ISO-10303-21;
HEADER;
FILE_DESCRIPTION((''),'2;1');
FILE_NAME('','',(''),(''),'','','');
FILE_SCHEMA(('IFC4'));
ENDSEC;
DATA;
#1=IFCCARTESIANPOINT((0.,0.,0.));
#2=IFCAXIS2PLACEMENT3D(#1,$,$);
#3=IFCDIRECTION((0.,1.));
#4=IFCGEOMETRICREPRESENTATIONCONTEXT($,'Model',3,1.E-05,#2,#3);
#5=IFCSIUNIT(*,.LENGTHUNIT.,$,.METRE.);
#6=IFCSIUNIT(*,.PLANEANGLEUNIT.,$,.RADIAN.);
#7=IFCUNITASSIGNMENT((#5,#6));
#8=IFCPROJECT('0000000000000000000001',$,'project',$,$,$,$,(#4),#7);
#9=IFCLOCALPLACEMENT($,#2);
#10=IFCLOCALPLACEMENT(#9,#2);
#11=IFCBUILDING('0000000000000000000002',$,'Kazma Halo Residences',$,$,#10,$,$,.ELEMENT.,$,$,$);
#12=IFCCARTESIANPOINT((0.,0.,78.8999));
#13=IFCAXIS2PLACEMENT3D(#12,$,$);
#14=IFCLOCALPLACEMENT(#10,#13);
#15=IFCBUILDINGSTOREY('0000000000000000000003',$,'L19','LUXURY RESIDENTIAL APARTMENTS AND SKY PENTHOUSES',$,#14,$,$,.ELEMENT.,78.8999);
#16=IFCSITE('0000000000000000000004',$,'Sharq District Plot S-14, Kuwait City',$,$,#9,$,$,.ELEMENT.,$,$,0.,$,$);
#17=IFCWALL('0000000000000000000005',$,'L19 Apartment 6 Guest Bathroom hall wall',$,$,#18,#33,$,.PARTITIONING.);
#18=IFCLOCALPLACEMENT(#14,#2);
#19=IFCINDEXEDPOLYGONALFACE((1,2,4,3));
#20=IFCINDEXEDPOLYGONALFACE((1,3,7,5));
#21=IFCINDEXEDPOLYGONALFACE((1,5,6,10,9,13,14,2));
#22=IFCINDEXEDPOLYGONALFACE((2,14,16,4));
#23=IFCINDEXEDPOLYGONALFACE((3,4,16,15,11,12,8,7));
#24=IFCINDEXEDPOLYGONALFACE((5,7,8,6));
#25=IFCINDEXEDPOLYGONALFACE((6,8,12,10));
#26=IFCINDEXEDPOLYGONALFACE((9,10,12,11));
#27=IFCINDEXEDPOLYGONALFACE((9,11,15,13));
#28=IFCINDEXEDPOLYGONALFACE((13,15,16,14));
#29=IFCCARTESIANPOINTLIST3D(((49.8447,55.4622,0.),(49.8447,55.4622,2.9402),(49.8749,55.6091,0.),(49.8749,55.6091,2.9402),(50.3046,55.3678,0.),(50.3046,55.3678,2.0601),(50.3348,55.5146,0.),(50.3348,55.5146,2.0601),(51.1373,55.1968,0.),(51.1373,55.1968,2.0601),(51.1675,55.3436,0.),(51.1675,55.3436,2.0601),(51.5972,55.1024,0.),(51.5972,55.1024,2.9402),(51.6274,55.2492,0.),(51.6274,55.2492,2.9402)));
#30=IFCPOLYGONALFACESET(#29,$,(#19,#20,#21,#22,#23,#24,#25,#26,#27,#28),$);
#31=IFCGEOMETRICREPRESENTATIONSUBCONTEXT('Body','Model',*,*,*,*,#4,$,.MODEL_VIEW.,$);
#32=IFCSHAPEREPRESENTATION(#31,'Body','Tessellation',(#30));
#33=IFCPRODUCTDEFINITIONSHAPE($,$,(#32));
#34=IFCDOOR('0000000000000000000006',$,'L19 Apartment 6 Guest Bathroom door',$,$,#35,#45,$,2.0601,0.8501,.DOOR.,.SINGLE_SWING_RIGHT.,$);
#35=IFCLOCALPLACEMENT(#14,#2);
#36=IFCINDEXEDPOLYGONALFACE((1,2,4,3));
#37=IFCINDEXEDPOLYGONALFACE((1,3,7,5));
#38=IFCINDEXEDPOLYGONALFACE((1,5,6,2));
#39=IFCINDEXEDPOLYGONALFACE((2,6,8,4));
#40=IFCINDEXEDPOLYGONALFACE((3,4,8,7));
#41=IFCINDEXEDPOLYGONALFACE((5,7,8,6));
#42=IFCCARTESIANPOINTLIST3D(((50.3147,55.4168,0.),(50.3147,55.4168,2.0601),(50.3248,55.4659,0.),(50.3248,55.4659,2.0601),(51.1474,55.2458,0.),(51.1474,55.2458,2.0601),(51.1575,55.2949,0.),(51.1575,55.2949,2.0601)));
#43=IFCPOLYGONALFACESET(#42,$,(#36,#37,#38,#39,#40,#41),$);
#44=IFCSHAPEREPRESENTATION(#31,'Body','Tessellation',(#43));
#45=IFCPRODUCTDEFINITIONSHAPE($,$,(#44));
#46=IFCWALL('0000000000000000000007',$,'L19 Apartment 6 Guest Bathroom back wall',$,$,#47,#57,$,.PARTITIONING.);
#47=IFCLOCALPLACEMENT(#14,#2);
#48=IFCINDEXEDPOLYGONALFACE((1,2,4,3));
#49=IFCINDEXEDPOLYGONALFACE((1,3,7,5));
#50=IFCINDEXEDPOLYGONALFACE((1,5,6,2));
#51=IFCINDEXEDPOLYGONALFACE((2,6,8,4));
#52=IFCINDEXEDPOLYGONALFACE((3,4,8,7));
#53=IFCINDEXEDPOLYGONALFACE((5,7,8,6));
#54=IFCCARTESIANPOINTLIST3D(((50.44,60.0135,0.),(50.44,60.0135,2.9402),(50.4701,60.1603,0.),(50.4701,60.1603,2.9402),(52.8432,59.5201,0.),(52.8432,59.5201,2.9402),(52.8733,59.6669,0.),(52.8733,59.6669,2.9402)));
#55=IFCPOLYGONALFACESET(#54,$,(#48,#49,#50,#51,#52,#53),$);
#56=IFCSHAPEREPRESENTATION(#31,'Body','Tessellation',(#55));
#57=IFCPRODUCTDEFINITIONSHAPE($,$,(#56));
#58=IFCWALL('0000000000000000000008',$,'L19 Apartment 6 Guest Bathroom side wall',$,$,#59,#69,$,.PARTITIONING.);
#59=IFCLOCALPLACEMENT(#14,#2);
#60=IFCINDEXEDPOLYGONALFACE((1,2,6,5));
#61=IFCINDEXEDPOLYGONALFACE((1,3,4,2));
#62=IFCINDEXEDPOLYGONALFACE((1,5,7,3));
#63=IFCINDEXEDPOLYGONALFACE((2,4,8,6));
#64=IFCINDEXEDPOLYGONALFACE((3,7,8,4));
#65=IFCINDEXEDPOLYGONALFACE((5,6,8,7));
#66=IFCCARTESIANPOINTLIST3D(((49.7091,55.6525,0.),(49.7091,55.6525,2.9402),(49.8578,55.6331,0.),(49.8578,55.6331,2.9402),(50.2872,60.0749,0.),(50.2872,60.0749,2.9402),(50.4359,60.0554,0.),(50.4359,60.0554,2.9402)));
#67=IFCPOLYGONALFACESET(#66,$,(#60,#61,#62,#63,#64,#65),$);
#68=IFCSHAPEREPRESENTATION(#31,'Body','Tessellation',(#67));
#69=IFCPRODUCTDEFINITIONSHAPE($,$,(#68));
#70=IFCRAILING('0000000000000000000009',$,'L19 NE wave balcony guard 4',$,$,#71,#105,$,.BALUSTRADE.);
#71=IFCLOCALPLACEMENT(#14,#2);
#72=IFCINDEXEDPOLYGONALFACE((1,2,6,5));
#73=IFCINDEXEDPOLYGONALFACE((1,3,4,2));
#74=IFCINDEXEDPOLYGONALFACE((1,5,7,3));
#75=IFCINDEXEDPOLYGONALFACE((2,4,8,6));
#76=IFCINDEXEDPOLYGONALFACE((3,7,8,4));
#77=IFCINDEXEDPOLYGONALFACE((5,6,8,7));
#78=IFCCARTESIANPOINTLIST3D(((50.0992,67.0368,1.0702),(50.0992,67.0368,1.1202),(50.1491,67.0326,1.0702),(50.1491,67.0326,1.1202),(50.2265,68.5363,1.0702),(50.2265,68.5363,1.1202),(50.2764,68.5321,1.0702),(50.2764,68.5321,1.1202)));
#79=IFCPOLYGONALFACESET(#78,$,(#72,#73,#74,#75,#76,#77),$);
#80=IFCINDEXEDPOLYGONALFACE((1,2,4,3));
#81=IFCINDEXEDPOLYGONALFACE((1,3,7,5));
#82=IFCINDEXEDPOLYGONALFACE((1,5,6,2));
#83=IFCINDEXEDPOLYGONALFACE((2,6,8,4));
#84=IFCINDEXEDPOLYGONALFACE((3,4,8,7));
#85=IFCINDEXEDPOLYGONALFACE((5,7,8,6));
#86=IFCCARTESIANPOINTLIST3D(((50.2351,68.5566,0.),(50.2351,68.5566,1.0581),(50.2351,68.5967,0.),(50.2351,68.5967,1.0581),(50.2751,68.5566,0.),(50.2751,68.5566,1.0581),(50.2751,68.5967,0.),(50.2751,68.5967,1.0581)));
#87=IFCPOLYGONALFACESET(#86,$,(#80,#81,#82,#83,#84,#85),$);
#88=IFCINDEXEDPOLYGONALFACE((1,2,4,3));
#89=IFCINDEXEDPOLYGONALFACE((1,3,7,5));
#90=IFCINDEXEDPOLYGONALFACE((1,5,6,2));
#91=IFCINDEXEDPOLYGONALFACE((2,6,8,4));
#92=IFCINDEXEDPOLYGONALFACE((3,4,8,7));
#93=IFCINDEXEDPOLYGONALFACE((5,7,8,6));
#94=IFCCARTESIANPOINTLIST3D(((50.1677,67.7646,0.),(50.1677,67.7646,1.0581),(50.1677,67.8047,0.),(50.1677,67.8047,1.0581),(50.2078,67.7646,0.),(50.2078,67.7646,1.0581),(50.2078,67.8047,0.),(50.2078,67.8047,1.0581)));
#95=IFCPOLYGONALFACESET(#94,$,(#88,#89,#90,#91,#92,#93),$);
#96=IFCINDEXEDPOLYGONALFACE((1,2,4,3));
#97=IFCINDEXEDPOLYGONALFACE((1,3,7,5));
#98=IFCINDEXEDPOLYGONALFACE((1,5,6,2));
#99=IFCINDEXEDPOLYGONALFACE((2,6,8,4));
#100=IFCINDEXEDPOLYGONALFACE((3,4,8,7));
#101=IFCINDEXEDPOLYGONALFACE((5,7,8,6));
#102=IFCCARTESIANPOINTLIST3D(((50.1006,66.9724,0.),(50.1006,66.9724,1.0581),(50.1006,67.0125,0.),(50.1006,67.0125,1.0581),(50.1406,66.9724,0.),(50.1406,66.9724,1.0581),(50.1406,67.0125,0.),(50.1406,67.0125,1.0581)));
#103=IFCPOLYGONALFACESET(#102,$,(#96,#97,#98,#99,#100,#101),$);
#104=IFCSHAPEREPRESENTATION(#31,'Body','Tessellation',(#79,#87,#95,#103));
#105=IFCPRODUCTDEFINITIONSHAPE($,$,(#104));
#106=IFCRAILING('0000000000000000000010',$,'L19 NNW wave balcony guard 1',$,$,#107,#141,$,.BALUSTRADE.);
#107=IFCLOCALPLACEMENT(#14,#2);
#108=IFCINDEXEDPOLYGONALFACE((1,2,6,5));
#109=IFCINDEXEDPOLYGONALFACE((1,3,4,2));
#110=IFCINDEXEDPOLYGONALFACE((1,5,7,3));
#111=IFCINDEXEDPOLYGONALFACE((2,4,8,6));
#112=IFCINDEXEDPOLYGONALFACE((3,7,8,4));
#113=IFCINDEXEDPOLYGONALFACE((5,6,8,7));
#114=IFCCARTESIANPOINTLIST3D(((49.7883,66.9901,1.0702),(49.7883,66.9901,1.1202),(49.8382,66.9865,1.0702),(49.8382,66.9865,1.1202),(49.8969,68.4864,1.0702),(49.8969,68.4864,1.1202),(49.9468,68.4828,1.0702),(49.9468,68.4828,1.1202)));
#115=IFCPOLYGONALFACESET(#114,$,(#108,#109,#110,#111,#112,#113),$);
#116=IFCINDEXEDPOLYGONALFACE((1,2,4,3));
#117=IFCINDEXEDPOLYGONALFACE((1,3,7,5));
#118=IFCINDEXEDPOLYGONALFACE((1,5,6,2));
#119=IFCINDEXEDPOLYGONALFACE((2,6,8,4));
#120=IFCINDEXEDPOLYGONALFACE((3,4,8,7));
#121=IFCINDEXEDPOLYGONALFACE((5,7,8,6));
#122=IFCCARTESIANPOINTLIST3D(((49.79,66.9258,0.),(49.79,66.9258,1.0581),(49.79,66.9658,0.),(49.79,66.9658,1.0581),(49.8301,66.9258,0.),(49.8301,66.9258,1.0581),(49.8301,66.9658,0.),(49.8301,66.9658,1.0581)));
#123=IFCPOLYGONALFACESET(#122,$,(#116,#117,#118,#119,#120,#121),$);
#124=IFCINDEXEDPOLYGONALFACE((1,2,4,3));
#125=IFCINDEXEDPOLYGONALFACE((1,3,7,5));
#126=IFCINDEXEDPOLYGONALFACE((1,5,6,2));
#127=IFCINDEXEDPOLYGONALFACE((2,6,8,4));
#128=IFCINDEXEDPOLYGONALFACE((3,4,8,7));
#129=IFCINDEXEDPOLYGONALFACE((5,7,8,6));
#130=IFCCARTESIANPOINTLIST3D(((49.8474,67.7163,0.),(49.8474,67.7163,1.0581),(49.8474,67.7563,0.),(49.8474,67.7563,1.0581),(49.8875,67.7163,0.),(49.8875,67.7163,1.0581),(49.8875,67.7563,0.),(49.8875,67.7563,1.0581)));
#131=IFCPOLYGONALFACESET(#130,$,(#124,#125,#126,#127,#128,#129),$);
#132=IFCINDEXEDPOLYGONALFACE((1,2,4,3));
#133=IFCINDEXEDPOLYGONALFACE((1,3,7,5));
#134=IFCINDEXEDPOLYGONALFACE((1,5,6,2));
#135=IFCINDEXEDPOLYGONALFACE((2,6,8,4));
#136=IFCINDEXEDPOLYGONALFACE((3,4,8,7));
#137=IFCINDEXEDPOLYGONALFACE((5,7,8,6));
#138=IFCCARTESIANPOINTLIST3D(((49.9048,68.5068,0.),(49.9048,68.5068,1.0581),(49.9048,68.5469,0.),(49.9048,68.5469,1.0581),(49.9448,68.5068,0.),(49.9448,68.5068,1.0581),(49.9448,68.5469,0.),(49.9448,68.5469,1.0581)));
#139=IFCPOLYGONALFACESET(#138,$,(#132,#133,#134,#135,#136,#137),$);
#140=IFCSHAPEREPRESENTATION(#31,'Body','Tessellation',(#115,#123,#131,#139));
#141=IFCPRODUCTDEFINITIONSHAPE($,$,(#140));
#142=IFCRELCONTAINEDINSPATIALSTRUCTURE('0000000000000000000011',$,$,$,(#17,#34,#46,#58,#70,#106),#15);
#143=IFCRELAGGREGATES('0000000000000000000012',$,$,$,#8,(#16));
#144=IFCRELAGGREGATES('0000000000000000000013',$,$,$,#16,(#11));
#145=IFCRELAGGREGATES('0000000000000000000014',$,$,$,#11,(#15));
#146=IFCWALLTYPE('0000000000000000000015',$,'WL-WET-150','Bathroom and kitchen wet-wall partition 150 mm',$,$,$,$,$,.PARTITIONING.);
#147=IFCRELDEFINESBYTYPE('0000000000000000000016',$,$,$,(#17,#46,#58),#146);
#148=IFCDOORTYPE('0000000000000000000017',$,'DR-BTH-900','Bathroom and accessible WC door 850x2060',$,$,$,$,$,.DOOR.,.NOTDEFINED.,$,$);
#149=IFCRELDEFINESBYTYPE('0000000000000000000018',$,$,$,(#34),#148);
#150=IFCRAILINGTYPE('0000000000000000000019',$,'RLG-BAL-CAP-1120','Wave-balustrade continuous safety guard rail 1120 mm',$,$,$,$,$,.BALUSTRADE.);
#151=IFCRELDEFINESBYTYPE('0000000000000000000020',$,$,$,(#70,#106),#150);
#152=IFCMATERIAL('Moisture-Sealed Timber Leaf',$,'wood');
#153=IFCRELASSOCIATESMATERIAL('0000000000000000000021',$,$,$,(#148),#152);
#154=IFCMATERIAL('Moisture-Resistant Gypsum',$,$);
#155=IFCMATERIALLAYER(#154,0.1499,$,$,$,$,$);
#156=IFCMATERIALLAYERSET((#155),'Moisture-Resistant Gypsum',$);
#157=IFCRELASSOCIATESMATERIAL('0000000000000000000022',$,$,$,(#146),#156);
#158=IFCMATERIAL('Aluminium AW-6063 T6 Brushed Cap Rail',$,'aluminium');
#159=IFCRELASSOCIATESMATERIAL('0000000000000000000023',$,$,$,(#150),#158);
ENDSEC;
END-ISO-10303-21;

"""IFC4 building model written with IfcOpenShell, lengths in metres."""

from ifc_helpers import new_model, si_unit, direction, frame, frame_2d, origin, origin_2d, place, context, subcontext, project, spatial, rectangle, extrude, material, layer, layer_set, type_object, element, fill, save


model = new_model("IFC4")

# Units and contexts
model_context = context("Model", 3, precision=1e-05, world=origin(), true_north=direction((0.0, 1.0)))
body_context = subcontext(model_context, "Body", "Model", "MODEL_VIEW")
ifc_project = project(units=[si_unit("LENGTHUNIT", "METRE"), si_unit("PLANEANGLEUNIT", "RADIAN")], contexts=[model_context])

# Site, building, storey
site_placement = place(None, origin())
site = spatial("IfcSite", under=ifc_project, at=site_placement, Name="Sharq District Plot S-14, Kuwait City", CompositionType="ELEMENT", RefElevation=0.0)
building_placement = place(site_placement, origin())
building = spatial("IfcBuilding", under=site, at=building_placement, Name="Kazma Halo Residences", CompositionType="ELEMENT")
storey_placement = place(building_placement, frame((0.0, 0.0, 78.8999)))
storey = spatial("IfcBuildingStorey", under=building, at=storey_placement, Name="L19", Description="LUXURY RESIDENTIAL APARTMENTS AND SKY PENTHOUSES", CompositionType="ELEMENT", Elevation=78.8999)

# Shared definitions
ifc_material_1 = material(Name="Moisture-Sealed Timber Leaf", Category="wood")
door_type_1 = type_object("IfcDoorType", Name="DR-BTH-900", Description="Bathroom and accessible WC door 850x2060", OperationType="NOTDEFINED", PredefinedType="DOOR", material=ifc_material_1)

# Wall, opening, door
ifc_material_2 = material(Name="Moisture-Resistant Gypsum")
ifc_layer_1 = layer(ifc_material_2, 0.1499)
ifc_layer_set_1 = layer_set([ifc_layer_1], Name="Moisture-Resistant Gypsum")
wall_type_1 = type_object("IfcWallType", Name="WL-WET-150", Description="Bathroom and kitchen wet-wall partition 150 mm", PredefinedType="PARTITIONING", material=ifc_layer_set_1)
wall_1_placement = place(storey_placement, frame((51.6123, 55.1758, 0.0), z_axis=(0.0, 0.0, 1.0), x_axis=(-0.97956, 0.201152, 0.0)))
wall_1 = element("IfcWall", 1, at=wall_1_placement, inside=storey, type_object=wall_type_1, Name="L19 Apartment 6 Guest Bathroom hall wall", PredefinedType="PARTITIONING", context=body_context, shape_type="SweptSolid", body=[
    extrude(rectangle(XDim=1.7891, YDim=0.1499, at=frame_2d((0.8945, 0.0))), origin(), (0.0, 0.0, 1.0), 2.9402),
])
opening_1_placement = place(wall_1_placement, frame((0.4695, 0.0, 0.0)))
opening_1 = element("IfcOpeningElement", 2, at=opening_1_placement, cuts=wall_1, PredefinedType="OPENING", context=body_context, shape_type="SweptSolid", body=[
    extrude(rectangle(XDim=0.8501, YDim=2.0601, at=frame_2d((0.425, 1.03))), frame((0.0, 0.085, 0.0), z_axis=(0.0, -1.0, 0.0), x_axis=(1.0, 0.0, 0.0)), (0.0, 0.0, 1.0), 0.1699),
])
door_1_placement = place(opening_1_placement, origin())
door_1 = element("IfcDoor", 3, at=door_1_placement, inside=storey, type_object=door_type_1, Name="L19 Apartment 6 Guest Bathroom door", OperationType="SINGLE_SWING_RIGHT", OverallHeight=2.0601, OverallWidth=0.8501, PredefinedType="DOOR", context=body_context, shape_type="SweptSolid", body=[
    extrude(rectangle(XDim=0.8501, YDim=2.0601, at=frame_2d((0.425, 1.03))), frame((0.0, 0.0249, 0.0), z_axis=(0.0, -1.0, 0.0), x_axis=(1.0, 0.0, 0.0)), (0.0, 0.0, 1.0), 0.05),
])
fill(opening_1, door_1)

# Walls
wall_2_placement = place(storey_placement, frame((52.8582, 59.5935, 0.0), z_axis=(0.0, 0.0, 1.0), x_axis=(-0.979569, 0.201108, 0.0)))
element("IfcWall", 4, at=wall_2_placement, inside=storey, type_object=wall_type_1, Name="L19 Apartment 6 Guest Bathroom back wall", PredefinedType="PARTITIONING", context=body_context, shape_type="SweptSolid", body=[
    extrude(rectangle(XDim=2.4534, YDim=0.1499, at=frame_2d((1.2266, 0.0))), origin(), (0.0, 0.0, 1.0), 2.9402),
])
wall_3_placement = place(storey_placement, frame((49.7834, 55.6428, 0.0), z_axis=(0.0, 0.0, 1.0), x_axis=(0.129625, 0.991563, 0.0)))
element("IfcWall", 5, at=wall_3_placement, inside=storey, type_object=wall_type_1, Name="L19 Apartment 6 Guest Bathroom side wall", PredefinedType="PARTITIONING", context=body_context, shape_type="SweptSolid", body=[
    extrude(rectangle(XDim=4.46, YDim=0.1499, at=frame_2d((2.23, 0.0))), origin(), (0.0, 0.0, 1.0), 2.9402),
])

# Railings
ifc_material_3 = material(Name="Aluminium AW-6063 T6 Brushed Cap Rail", Category="aluminium")
railing_type = type_object("IfcRailingType", Name="RLG-BAL-CAP-1120", Description="Wave-balustrade continuous safety guard rail 1120 mm", PredefinedType="BALUSTRADE", material=ifc_material_3)
railing_1_placement = place(storey_placement, frame((50.2551, 68.5767, 0.0)))
element("IfcRailing", 6, at=railing_1_placement, inside=storey, type_object=railing_type, Name="L19 NE wave balcony guard 4", PredefinedType="BALUSTRADE", context=body_context, shape_type="SweptSolid", body=[
    extrude(rectangle(XDim=0.05, YDim=0.05, at=origin_2d()), frame((-0.0037, -0.0425, 1.0952), z_axis=(-0.084608, -0.996414, 0.0), x_axis=(0.996414, -0.084608, 0.0)), (0.0, 0.0, 1.0), 1.5049),
    extrude(rectangle(XDim=0.04, YDim=0.04, at=origin_2d()), origin(), (0.0, 0.0, 1.0), 1.0581),
    extrude(rectangle(XDim=0.04, YDim=0.04, at=origin_2d()), frame((-0.0674, -0.792, 0.0)), (0.0, 0.0, 1.0), 1.0581),
    extrude(rectangle(XDim=0.04, YDim=0.04, at=origin_2d()), frame((-0.1345, -1.5842, 0.0)), (0.0, 0.0, 1.0), 1.0581),
])
railing_2_placement = place(storey_placement, frame((49.8101, 66.9458, 0.0)))
element("IfcRailing", 7, at=railing_2_placement, inside=storey, type_object=railing_type, Name="L19 NNW wave balcony guard 1", PredefinedType="BALUSTRADE", context=body_context, shape_type="SweptSolid", body=[
    extrude(rectangle(XDim=0.05, YDim=0.05, at=origin_2d()), frame((0.0032, 0.0425, 1.0952), z_axis=(0.072385, 0.997377, 0.0), x_axis=(-0.997377, 0.072385, 0.0)), (0.0, 0.0, 1.0), 1.5002),
    extrude(rectangle(XDim=0.04, YDim=0.04, at=origin_2d()), origin(), (0.0, 0.0, 1.0), 1.0581),
    extrude(rectangle(XDim=0.04, YDim=0.04, at=origin_2d()), frame((0.0574, 0.7905, 0.0)), (0.0, 0.0, 1.0), 1.0581),
    extrude(rectangle(XDim=0.04, YDim=0.04, at=origin_2d()), frame((0.1147, 1.5811, 0.0)), (0.0, 0.0, 1.0), 1.0581),
])

save(model, "model.ifc")
